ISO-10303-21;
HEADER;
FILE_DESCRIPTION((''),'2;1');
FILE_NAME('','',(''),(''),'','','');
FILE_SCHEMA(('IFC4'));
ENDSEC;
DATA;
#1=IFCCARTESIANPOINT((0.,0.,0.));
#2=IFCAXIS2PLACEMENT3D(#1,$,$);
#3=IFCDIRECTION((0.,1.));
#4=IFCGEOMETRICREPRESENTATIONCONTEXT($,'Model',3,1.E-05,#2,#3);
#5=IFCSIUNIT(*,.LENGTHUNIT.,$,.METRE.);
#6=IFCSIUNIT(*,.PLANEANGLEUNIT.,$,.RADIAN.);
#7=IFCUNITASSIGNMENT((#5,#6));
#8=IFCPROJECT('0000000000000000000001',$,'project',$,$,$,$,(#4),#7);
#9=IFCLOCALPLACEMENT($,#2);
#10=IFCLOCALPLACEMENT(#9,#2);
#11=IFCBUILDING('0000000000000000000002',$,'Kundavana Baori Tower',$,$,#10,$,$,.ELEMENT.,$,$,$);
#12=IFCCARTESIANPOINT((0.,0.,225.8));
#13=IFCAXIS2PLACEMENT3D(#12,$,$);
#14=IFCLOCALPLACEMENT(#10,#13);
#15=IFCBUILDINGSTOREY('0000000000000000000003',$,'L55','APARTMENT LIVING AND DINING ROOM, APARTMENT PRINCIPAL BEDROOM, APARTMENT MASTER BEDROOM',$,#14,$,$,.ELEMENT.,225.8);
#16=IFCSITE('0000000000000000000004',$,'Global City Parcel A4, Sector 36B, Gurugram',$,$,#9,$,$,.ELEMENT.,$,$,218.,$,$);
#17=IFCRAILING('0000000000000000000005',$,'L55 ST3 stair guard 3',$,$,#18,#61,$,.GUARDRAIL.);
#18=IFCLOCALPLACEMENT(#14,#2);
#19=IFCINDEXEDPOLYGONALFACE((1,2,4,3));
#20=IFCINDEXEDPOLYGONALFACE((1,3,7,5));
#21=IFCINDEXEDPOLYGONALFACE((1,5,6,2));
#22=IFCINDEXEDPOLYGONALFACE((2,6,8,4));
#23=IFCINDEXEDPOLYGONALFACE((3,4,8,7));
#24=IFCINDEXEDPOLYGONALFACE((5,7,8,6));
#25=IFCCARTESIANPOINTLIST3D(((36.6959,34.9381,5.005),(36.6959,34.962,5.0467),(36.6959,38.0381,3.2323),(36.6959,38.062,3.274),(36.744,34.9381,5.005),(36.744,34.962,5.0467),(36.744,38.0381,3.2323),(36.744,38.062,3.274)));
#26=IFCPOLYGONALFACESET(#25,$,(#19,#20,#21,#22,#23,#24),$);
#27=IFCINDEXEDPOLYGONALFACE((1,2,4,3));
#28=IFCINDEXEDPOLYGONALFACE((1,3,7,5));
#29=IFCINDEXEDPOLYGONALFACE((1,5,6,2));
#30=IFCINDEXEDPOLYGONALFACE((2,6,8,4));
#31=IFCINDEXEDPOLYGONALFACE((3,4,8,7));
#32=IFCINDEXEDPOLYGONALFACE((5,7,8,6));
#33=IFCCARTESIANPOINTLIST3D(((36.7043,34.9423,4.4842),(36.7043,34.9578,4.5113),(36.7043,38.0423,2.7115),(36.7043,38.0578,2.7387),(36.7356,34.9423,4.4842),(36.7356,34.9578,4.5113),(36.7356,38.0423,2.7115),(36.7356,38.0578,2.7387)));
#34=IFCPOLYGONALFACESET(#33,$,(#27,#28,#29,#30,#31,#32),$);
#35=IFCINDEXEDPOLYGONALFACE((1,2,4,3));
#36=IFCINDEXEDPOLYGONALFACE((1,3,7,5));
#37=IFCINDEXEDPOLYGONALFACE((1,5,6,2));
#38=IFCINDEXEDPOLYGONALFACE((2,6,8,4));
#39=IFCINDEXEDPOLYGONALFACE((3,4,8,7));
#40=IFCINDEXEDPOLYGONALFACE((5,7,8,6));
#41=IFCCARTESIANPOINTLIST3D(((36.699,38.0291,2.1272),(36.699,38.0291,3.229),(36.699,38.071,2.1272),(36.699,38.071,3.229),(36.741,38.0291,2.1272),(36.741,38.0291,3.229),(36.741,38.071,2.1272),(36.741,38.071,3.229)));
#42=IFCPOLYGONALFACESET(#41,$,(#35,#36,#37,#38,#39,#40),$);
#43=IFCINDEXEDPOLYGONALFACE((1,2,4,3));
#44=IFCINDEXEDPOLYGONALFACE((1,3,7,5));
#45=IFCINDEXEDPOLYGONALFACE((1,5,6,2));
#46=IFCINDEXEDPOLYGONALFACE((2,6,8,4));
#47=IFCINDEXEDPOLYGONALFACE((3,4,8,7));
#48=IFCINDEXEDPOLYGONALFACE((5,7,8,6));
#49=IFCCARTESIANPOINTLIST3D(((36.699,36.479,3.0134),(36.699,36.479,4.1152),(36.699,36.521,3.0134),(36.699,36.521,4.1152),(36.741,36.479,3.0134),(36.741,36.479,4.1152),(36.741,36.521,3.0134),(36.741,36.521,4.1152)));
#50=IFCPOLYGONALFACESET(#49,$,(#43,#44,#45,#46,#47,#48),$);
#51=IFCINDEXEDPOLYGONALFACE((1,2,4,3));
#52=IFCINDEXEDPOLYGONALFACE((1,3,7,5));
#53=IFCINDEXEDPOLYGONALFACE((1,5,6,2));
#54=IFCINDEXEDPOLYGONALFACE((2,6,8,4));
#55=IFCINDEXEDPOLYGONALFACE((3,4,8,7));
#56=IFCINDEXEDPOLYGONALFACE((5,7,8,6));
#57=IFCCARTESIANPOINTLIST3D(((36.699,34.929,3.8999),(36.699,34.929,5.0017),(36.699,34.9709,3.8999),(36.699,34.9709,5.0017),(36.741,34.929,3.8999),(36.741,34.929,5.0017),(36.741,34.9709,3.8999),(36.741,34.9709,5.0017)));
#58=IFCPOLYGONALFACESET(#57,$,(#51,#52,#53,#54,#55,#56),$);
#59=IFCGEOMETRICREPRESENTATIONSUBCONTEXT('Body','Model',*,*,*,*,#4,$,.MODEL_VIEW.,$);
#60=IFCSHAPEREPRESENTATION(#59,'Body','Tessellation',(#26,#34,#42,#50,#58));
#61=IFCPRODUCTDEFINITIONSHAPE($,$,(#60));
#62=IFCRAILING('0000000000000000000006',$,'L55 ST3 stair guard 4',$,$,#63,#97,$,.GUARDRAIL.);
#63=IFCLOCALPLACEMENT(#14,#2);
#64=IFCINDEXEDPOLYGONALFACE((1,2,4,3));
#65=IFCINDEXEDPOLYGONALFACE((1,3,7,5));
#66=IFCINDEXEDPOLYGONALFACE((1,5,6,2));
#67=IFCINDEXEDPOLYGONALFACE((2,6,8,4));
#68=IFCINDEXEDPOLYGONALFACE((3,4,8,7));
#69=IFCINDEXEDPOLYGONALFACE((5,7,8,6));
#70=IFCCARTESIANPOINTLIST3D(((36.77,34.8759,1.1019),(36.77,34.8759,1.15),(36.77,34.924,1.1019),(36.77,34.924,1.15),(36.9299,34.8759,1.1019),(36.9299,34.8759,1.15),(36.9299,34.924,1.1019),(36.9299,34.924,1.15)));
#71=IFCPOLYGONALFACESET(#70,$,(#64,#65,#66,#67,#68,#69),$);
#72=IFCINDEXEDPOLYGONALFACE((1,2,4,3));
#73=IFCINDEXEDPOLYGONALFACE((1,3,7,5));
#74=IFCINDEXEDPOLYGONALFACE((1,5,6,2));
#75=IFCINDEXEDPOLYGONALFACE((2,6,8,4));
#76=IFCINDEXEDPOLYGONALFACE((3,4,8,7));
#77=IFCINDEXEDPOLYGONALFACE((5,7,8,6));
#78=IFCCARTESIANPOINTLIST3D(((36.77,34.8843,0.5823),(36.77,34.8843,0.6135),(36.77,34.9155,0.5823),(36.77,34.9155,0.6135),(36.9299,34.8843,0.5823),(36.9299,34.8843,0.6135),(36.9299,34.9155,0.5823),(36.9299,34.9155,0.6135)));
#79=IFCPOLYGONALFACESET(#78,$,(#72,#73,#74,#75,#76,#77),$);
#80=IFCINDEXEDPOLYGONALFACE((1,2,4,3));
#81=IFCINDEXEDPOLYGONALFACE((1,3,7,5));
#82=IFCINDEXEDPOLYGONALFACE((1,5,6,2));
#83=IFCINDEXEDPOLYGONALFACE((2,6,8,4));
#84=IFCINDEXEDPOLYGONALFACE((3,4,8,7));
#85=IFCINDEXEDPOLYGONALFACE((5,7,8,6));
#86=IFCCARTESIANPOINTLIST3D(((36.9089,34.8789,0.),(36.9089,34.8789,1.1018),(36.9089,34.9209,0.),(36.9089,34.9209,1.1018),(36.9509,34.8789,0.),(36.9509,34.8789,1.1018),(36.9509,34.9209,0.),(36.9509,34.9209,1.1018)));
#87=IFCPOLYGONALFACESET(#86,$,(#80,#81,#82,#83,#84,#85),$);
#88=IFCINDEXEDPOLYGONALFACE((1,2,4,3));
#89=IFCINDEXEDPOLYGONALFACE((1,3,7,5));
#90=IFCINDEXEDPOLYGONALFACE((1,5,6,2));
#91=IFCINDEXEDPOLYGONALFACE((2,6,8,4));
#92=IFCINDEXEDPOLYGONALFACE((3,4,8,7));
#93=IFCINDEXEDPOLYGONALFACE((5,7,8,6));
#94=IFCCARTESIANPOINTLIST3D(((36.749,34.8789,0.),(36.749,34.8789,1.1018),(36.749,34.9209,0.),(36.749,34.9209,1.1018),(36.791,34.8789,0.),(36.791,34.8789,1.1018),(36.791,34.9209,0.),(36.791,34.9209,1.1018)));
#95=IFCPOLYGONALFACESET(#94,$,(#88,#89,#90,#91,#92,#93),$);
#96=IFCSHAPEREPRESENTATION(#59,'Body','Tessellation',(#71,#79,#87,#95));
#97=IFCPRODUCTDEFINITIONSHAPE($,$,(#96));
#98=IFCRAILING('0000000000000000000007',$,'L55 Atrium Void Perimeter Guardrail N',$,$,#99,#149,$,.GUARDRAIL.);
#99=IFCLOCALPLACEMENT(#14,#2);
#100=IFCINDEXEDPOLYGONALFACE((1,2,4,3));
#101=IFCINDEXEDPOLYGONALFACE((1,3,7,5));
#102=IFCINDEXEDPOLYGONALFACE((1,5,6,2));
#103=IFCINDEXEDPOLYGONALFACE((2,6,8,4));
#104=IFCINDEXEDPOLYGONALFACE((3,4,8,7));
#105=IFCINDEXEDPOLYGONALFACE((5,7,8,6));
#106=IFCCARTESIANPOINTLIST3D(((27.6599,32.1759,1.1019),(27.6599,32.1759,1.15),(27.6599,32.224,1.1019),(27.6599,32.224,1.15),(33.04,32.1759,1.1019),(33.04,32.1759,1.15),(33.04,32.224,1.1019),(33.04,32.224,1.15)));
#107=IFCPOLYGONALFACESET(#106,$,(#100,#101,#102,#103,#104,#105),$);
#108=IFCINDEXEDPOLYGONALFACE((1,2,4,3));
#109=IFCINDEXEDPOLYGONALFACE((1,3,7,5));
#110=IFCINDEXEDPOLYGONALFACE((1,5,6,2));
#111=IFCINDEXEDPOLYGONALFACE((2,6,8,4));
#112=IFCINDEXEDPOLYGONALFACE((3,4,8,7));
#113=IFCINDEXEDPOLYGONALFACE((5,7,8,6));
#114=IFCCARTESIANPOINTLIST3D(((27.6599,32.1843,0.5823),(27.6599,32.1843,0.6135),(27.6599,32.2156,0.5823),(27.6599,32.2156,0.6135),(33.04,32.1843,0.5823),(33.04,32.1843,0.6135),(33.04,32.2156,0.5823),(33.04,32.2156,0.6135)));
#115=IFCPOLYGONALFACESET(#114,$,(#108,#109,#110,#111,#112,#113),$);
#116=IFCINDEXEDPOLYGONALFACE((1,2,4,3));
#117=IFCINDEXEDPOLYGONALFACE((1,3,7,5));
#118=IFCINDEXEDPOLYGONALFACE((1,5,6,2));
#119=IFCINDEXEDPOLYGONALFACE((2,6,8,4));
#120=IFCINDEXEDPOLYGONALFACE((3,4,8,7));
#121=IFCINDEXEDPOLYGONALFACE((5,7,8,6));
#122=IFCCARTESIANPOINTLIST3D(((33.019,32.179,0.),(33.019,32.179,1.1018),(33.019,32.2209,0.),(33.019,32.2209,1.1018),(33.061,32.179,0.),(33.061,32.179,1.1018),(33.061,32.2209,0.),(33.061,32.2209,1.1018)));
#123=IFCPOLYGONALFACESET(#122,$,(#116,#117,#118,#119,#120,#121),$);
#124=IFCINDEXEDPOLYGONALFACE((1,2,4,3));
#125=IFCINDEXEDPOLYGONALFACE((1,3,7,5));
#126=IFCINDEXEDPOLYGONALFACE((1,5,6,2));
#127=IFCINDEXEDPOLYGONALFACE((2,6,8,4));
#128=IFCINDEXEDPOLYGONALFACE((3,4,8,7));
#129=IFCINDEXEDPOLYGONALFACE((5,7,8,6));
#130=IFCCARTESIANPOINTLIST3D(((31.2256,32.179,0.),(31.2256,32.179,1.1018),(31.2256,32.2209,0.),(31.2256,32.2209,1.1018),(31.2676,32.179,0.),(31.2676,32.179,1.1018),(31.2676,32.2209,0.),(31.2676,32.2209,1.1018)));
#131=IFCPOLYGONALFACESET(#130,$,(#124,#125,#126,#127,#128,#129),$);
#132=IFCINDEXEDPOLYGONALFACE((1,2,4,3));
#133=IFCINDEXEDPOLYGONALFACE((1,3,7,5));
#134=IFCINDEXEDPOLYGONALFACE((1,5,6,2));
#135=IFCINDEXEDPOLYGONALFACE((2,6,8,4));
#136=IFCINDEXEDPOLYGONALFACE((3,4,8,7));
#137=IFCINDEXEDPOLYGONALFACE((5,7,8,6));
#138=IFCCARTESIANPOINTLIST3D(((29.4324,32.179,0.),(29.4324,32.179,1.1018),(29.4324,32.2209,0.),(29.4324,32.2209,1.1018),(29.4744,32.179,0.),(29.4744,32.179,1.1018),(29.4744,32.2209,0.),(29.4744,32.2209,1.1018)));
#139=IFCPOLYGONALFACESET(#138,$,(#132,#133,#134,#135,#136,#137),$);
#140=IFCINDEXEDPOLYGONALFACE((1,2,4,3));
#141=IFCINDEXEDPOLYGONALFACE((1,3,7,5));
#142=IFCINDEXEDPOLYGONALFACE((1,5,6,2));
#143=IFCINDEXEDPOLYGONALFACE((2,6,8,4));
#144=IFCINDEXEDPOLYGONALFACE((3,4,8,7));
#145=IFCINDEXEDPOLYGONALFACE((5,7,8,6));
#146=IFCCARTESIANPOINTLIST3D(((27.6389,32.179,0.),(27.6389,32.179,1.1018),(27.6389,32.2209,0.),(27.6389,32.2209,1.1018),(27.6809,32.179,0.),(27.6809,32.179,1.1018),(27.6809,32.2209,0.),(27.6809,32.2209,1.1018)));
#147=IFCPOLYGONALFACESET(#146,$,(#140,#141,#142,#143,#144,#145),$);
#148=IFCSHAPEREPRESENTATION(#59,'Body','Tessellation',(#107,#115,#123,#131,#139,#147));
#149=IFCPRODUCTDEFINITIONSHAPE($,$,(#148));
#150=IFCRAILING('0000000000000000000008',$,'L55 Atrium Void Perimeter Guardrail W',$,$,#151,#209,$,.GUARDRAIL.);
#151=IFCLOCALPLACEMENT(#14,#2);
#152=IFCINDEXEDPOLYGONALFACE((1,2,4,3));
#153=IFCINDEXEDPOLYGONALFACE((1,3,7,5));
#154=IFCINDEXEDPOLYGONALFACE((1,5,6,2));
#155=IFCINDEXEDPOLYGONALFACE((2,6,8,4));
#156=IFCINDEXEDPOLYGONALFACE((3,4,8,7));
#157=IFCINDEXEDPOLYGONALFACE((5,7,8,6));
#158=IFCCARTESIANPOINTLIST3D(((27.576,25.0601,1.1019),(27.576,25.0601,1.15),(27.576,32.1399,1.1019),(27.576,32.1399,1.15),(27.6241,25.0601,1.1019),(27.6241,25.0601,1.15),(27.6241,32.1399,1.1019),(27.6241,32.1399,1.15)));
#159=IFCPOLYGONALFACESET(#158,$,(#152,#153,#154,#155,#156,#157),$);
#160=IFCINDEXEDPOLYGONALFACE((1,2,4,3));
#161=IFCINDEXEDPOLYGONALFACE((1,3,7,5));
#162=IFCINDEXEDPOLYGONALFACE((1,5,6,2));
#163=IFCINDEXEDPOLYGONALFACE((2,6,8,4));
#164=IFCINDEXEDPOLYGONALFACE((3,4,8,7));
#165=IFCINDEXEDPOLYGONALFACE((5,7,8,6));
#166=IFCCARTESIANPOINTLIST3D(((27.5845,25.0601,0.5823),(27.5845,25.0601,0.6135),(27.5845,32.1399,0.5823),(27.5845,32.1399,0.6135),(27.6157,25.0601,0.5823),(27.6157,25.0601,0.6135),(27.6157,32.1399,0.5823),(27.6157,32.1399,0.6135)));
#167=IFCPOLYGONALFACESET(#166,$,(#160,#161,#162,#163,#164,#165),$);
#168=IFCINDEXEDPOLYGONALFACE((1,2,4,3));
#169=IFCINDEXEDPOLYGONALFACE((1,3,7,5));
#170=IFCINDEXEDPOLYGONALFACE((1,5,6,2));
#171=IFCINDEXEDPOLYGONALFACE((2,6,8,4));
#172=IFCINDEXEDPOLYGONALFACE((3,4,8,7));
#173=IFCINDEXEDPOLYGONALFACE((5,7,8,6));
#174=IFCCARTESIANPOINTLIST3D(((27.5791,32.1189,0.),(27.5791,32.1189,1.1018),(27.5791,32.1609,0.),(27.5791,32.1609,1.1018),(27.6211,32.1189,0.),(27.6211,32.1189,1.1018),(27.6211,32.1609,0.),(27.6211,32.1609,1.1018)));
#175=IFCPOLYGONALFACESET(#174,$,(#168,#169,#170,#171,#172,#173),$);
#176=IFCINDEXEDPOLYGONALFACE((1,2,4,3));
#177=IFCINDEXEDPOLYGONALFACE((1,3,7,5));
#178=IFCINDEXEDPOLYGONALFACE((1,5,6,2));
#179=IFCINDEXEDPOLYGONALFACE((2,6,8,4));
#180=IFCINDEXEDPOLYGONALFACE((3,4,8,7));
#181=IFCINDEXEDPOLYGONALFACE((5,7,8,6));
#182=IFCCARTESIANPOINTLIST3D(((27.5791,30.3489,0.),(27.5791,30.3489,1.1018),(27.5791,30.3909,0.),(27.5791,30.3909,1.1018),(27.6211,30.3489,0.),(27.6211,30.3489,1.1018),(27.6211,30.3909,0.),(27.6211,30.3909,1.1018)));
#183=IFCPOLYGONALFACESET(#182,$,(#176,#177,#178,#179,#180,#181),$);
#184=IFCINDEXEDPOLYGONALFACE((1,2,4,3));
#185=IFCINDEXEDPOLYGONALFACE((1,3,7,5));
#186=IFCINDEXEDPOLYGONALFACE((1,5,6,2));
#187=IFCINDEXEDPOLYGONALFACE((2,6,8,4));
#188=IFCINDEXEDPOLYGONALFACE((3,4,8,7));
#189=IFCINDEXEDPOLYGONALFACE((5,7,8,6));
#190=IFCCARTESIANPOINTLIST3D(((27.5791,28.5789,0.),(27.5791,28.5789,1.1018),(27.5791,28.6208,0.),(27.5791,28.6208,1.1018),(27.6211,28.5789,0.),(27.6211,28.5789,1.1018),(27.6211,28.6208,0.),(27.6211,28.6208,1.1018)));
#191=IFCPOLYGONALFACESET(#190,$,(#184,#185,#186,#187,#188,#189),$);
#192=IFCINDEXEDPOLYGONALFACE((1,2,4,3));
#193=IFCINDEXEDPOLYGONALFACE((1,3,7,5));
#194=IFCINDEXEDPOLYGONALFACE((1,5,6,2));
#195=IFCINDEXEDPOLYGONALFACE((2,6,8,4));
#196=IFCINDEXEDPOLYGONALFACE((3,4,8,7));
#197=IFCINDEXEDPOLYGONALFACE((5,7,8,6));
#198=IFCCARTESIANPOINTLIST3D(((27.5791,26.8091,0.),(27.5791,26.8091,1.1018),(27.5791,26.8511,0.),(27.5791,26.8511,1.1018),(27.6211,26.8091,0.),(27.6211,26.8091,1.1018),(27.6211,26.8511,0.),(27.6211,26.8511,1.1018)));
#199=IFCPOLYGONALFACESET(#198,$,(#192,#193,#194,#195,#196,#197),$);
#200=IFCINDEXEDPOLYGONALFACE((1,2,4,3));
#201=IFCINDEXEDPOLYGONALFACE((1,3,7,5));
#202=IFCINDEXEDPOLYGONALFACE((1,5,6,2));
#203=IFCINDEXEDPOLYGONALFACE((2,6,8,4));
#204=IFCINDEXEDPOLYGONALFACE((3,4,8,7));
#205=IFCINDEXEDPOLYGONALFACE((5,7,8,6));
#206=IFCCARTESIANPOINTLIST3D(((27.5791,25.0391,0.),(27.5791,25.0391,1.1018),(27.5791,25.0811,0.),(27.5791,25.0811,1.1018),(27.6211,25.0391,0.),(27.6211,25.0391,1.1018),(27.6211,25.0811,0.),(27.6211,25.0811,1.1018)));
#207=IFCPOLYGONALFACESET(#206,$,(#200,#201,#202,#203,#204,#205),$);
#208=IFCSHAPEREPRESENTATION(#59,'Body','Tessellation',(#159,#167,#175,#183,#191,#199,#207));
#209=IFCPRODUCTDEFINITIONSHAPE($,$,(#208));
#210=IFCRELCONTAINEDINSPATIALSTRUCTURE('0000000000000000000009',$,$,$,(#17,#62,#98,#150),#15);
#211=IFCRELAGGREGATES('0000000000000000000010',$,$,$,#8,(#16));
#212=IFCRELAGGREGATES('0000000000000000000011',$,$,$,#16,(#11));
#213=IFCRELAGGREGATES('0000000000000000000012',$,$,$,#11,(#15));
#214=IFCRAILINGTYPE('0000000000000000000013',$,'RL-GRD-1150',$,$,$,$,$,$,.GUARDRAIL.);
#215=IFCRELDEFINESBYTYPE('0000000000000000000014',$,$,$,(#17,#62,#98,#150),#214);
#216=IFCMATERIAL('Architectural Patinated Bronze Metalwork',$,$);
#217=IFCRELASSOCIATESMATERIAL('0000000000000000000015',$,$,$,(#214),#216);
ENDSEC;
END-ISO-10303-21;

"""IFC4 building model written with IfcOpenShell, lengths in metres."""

from ifc_helpers import new_model, si_unit, direction, frame, origin, origin_2d, place, context, subcontext, project, spatial, rectangle, extrude, material, type_object, element, save


model = new_model("IFC4")

# Units and contexts
model_context = context("Model", 3, precision=1e-05, world=origin(), true_north=direction((0.0, 1.0)))
body_context = subcontext(model_context, "Body", "Model", "MODEL_VIEW")
ifc_project = project(units=[si_unit("LENGTHUNIT", "METRE"), si_unit("PLANEANGLEUNIT", "RADIAN")], contexts=[model_context])

# Site, building, storey
site_placement = place(None, origin())
site = spatial("IfcSite", under=ifc_project, at=site_placement, Name="Global City Parcel A4, Sector 36B, Gurugram", CompositionType="ELEMENT", RefElevation=218.0)
building_placement = place(site_placement, origin())
building = spatial("IfcBuilding", under=site, at=building_placement, Name="Kundavana Baori Tower", CompositionType="ELEMENT")
storey_placement = place(building_placement, frame((0.0, 0.0, 225.8)))
storey = spatial("IfcBuildingStorey", under=building, at=storey_placement, Name="L55", Description="APARTMENT LIVING AND DINING ROOM, APARTMENT PRINCIPAL BEDROOM, APARTMENT MASTER BEDROOM", CompositionType="ELEMENT", Elevation=225.8)

# Railings
ifc_material_1 = material(Name="Architectural Patinated Bronze Metalwork")
railing_type_1 = type_object("IfcRailingType", Name="RL-GRD-1150", PredefinedType="GUARDRAIL", material=ifc_material_1)
railing_1_placement = place(storey_placement, frame((36.72, 38.05, 2.1272)))
element("IfcRailing", 1, at=railing_1_placement, inside=storey, type_object=railing_type_1, Name="L55 ST3 stair guard 3", PredefinedType="GUARDRAIL", context=body_context, shape_type="SweptSolid", body=[
    extrude(rectangle(XDim=0.0481, YDim=0.0481, at=origin_2d()), frame((0.0, 0.0, 1.126), z_axis=(0.0, -0.868096, 0.496397), x_axis=(1.0, 0.0, 0.0)), (0.0, 0.0, 1.0), 3.571),
    extrude(rectangle(XDim=0.0312, YDim=0.0312, at=origin_2d()), frame((0.0, 0.0, 0.5979), z_axis=(0.0, -0.868096, 0.496397), x_axis=(1.0, 0.0, 0.0)), (0.0, 0.0, 1.0), 3.571),
    extrude(rectangle(XDim=0.042, YDim=0.042, at=origin_2d()), origin(), (0.0, 0.0, 1.0), 1.1018),
    extrude(rectangle(XDim=0.042, YDim=0.042, at=origin_2d()), frame((0.0, -1.55, 0.8862)), (0.0, 0.0, 1.0), 1.1018),
    extrude(rectangle(XDim=0.042, YDim=0.042, at=origin_2d()), frame((0.0, -3.1001, 1.7727)), (0.0, 0.0, 1.0), 1.1018),
])
railing_2_placement = place(storey_placement, frame((36.9299, 34.8999, 0.0)))
element("IfcRailing", 2, at=railing_2_placement, inside=storey, type_object=railing_type_1, Name="L55 ST3 stair guard 4", PredefinedType="GUARDRAIL", context=body_context, shape_type="SweptSolid", body=[
    extrude(rectangle(XDim=0.0481, YDim=0.0481, at=origin_2d()), frame((0.0, 0.0, 1.126), z_axis=(-1.0, 0.0, 0.0), x_axis=(0.0, -1.0, 0.0)), (0.0, 0.0, 1.0), 0.1599),
    extrude(rectangle(XDim=0.0312, YDim=0.0312, at=origin_2d()), frame((0.0, 0.0, 0.5979), z_axis=(-1.0, 0.0, 0.0), x_axis=(0.0, -1.0, 0.0)), (0.0, 0.0, 1.0), 0.1599),
    extrude(rectangle(XDim=0.042, YDim=0.042, at=origin_2d()), origin(), (0.0, 0.0, 1.0), 1.1018),
    extrude(rectangle(XDim=0.042, YDim=0.042, at=origin_2d()), frame((-0.1599, 0.0, 0.0)), (0.0, 0.0, 1.0), 1.1018),
])
railing_3_placement = place(storey_placement, frame((33.04, 32.2, 0.0)))
element("IfcRailing", 3, at=railing_3_placement, inside=storey, type_object=railing_type_1, Name="L55 Atrium Void Perimeter Guardrail N", PredefinedType="GUARDRAIL", context=body_context, shape_type="SweptSolid", body=[
    extrude(rectangle(XDim=0.0481, YDim=0.0481, at=origin_2d()), frame((0.0, 0.0, 1.126), z_axis=(-1.0, 0.0, 0.0), x_axis=(0.0, -1.0, 0.0)), (0.0, 0.0, 1.0), 5.3801),
    extrude(rectangle(XDim=0.0312, YDim=0.0312, at=origin_2d()), frame((0.0, 0.0, 0.5979), z_axis=(-1.0, 0.0, 0.0), x_axis=(0.0, -1.0, 0.0)), (0.0, 0.0, 1.0), 5.3801),
    extrude(rectangle(XDim=0.042, YDim=0.042, at=origin_2d()), origin(), (0.0, 0.0, 1.0), 1.1018),
    extrude(rectangle(XDim=0.042, YDim=0.042, at=origin_2d()), frame((-1.7935, 0.0, 0.0)), (0.0, 0.0, 1.0), 1.1018),
    extrude(rectangle(XDim=0.042, YDim=0.042, at=origin_2d()), frame((-3.5867, 0.0, 0.0)), (0.0, 0.0, 1.0), 1.1018),
    extrude(rectangle(XDim=0.042, YDim=0.042, at=origin_2d()), frame((-5.3801, 0.0, 0.0)), (0.0, 0.0, 1.0), 1.1018),
])
railing_4_placement = place(storey_placement, frame((27.6001, 32.1399, 0.0)))
element("IfcRailing", 4, at=railing_4_placement, inside=storey, type_object=railing_type_1, Name="L55 Atrium Void Perimeter Guardrail W", PredefinedType="GUARDRAIL", context=body_context, shape_type="SweptSolid", body=[
    extrude(rectangle(XDim=0.0481, YDim=0.0481, at=origin_2d()), frame((0.0, 0.0, 1.126), z_axis=(0.0, -1.0, 0.0), x_axis=(1.0, 0.0, 0.0)), (0.0, 0.0, 1.0), 7.0798),
    extrude(rectangle(XDim=0.0312, YDim=0.0312, at=origin_2d()), frame((0.0, 0.0, 0.5979), z_axis=(0.0, -1.0, 0.0), x_axis=(1.0, 0.0, 0.0)), (0.0, 0.0, 1.0), 7.0798),
    extrude(rectangle(XDim=0.042, YDim=0.042, at=origin_2d()), origin(), (0.0, 0.0, 1.0), 1.1018),
    extrude(rectangle(XDim=0.042, YDim=0.042, at=origin_2d()), frame((0.0, -1.77, 0.0)), (0.0, 0.0, 1.0), 1.1018),
    extrude(rectangle(XDim=0.042, YDim=0.042, at=origin_2d()), frame((0.0, -3.54, 0.0)), (0.0, 0.0, 1.0), 1.1018),
    extrude(rectangle(XDim=0.042, YDim=0.042, at=origin_2d()), frame((0.0, -5.3098, 0.0)), (0.0, 0.0, 1.0), 1.1018),
    extrude(rectangle(XDim=0.042, YDim=0.042, at=origin_2d()), frame((0.0, -7.0798, 0.0)), (0.0, 0.0, 1.0), 1.1018),
])

save(model, "model.ifc")
